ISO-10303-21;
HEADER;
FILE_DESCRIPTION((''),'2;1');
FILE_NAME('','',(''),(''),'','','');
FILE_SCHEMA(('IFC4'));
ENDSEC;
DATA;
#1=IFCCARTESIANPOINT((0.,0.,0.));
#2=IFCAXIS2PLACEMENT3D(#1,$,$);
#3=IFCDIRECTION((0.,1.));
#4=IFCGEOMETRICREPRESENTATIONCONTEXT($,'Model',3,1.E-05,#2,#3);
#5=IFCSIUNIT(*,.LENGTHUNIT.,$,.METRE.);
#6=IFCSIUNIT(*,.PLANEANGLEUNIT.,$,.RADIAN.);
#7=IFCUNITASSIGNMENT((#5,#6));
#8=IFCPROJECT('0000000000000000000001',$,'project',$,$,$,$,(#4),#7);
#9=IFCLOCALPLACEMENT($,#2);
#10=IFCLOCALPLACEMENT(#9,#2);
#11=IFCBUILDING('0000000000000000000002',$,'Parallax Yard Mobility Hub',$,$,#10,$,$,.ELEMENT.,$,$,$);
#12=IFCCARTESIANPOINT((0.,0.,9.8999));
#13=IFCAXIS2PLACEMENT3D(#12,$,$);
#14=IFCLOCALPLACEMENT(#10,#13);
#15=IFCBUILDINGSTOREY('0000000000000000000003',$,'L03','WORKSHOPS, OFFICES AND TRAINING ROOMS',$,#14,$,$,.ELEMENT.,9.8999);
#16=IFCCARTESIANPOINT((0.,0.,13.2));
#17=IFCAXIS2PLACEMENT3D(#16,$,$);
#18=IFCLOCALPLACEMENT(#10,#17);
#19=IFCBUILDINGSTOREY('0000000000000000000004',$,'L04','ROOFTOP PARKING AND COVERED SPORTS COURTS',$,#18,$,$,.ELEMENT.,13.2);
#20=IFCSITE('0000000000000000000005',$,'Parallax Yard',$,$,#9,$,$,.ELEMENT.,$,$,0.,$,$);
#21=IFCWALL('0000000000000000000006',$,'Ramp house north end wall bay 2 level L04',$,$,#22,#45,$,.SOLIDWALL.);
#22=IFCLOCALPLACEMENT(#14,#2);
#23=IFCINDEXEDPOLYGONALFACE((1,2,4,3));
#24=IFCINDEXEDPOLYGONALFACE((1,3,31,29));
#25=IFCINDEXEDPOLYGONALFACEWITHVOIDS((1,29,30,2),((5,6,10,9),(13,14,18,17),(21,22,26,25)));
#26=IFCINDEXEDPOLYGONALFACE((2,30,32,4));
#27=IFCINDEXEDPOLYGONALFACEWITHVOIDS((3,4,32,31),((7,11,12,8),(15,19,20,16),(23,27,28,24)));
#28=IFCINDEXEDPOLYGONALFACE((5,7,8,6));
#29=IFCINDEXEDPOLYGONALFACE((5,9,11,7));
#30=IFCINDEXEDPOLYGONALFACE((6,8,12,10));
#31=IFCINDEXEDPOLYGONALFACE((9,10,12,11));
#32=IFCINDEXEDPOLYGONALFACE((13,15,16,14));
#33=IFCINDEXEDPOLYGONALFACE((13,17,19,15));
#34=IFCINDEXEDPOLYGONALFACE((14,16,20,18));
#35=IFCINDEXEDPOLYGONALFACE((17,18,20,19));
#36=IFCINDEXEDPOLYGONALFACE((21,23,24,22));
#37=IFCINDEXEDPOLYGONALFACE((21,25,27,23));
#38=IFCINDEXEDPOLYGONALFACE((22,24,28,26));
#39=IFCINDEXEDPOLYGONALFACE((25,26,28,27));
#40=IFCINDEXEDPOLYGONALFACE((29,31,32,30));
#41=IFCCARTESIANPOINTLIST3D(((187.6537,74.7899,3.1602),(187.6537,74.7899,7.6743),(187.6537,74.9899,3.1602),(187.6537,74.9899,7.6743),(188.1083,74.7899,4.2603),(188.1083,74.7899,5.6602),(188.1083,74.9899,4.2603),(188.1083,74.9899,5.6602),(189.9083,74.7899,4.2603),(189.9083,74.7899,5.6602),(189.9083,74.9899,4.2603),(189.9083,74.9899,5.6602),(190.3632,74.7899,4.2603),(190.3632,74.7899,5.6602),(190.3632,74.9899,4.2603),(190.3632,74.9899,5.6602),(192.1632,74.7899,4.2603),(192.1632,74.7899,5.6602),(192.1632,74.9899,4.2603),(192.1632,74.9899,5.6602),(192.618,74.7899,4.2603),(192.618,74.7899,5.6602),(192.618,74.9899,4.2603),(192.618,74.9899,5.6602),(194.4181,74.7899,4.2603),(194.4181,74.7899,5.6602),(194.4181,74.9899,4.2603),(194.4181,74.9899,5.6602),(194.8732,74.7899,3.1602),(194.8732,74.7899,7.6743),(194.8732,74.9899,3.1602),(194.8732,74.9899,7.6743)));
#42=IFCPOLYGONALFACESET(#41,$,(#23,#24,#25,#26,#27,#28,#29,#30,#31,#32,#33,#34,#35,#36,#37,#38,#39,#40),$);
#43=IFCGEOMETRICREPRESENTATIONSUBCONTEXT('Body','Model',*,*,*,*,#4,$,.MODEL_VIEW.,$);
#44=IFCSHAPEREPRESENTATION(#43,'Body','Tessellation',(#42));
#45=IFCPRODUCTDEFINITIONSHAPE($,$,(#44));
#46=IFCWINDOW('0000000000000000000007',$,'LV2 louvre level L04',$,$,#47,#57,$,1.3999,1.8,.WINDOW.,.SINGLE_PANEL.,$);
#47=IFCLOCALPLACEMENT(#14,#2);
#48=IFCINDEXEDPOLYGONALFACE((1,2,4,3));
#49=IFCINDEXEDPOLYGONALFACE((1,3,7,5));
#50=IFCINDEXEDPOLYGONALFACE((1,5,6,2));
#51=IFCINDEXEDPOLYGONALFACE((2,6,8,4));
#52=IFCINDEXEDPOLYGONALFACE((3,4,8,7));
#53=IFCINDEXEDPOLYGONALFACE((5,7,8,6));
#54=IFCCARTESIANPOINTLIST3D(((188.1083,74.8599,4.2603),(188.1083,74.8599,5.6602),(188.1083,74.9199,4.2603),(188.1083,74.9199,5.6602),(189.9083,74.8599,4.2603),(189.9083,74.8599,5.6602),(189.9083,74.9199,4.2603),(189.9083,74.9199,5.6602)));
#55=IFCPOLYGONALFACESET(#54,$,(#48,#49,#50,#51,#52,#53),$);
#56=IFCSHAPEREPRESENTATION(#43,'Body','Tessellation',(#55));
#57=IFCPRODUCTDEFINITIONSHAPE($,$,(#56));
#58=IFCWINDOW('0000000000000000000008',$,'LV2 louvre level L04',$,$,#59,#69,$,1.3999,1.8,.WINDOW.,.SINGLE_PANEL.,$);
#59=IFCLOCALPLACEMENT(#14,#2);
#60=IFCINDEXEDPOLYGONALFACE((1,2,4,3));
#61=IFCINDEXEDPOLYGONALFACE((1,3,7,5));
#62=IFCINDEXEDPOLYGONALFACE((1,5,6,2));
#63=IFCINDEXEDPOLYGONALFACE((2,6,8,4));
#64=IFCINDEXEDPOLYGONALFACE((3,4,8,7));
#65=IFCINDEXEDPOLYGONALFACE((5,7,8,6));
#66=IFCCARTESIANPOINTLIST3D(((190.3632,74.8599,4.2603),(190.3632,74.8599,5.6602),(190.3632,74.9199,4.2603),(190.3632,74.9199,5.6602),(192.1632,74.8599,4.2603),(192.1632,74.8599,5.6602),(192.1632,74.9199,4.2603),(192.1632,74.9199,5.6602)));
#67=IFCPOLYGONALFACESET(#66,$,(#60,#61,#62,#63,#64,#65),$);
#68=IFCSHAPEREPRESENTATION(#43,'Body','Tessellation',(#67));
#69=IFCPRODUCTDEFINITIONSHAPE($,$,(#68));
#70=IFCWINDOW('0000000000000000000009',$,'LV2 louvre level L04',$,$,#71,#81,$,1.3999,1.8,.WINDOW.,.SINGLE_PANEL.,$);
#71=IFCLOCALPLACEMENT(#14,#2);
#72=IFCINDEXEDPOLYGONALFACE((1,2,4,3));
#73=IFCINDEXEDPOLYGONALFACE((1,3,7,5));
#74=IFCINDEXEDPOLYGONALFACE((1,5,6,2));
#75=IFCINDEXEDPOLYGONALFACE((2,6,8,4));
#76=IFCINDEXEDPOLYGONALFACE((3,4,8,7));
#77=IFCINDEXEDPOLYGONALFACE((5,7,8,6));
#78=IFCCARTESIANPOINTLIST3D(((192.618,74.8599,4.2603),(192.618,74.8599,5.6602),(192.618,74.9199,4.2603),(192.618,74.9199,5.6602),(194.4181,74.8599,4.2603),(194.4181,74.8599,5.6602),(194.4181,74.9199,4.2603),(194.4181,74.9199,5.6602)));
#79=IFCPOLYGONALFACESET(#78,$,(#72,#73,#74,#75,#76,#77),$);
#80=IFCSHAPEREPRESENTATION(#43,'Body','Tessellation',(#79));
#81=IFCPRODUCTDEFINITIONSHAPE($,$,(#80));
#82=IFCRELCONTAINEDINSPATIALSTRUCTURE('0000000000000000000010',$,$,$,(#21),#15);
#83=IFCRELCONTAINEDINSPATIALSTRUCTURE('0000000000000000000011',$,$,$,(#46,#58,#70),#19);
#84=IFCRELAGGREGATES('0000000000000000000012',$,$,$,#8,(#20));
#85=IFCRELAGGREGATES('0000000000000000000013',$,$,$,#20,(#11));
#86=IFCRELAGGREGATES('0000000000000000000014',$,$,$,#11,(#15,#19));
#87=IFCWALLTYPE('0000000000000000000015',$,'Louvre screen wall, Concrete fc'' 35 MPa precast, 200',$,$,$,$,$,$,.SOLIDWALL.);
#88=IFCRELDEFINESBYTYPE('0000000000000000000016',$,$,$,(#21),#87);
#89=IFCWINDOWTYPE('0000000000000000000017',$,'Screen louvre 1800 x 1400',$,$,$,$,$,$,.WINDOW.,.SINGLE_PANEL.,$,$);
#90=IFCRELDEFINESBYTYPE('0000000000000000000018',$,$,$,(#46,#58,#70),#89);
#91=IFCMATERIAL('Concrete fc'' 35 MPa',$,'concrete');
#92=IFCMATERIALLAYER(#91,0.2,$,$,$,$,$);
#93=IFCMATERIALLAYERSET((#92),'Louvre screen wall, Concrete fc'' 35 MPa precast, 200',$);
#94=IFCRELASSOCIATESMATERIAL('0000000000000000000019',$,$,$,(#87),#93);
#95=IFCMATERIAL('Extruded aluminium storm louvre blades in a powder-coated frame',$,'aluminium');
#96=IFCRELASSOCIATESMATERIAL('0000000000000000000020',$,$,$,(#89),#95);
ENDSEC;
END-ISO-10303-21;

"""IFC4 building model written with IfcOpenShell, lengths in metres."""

from ifc_helpers import new_model, si_unit, direction, frame, frame_2d, origin, place, context, subcontext, project, spatial, rectangle, extrude, material, layer, layer_set, type_object, element, fill, save


model = new_model("IFC4")

# Units and contexts
model_context = context("Model", 3, precision=1e-05, world=origin(), true_north=direction((0.0, 1.0)))
body_context = subcontext(model_context, "Body", "Model", "MODEL_VIEW")
ifc_project = project(units=[si_unit("LENGTHUNIT", "METRE"), si_unit("PLANEANGLEUNIT", "RADIAN")], contexts=[model_context])

# Site, building, storey
site_placement = place(None, origin())
site = spatial("IfcSite", under=ifc_project, at=site_placement, Name="Parallax Yard", CompositionType="ELEMENT", RefElevation=0.0)
building_placement = place(site_placement, origin())
building = spatial("IfcBuilding", under=site, at=building_placement, Name="Parallax Yard Mobility Hub", CompositionType="ELEMENT")
storey_1_placement = place(building_placement, frame((0.0, 0.0, 9.8999)))
storey_1 = spatial("IfcBuildingStorey", under=building, at=storey_1_placement, Name="L03", Description="WORKSHOPS, OFFICES AND TRAINING ROOMS", CompositionType="ELEMENT", Elevation=9.8999)

# Shared definitions
ifc_material_1 = material(Name="Concrete fc' 35 MPa", Category="concrete")
ifc_layer = layer(ifc_material_1, 0.2)
ifc_layer_set = layer_set([ifc_layer], Name="Louvre screen wall, Concrete fc' 35 MPa precast, 200")
wall_type = type_object("IfcWallType", Name="Louvre screen wall, Concrete fc' 35 MPa precast, 200", PredefinedType="SOLIDWALL", material=ifc_layer_set)

# Shared definitions
storey_2_placement = place(building_placement, frame((0.0, 0.0, 13.2)))
storey_2 = spatial("IfcBuildingStorey", under=building, at=storey_2_placement, Name="L04", Description="ROOFTOP PARKING AND COVERED SPORTS COURTS", CompositionType="ELEMENT", Elevation=13.2)

# Shared definitions
ifc_material_2 = material(Name="Extruded aluminium storm louvre blades in a powder-coated frame", Category="aluminium")
window_type_1 = type_object("IfcWindowType", Name="Screen louvre 1800 x 1400", PartitioningType="SINGLE_PANEL", PredefinedType="WINDOW", material=ifc_material_2)

# Wall, openings, windows
wall_1_placement = place(storey_1_placement, frame((187.6536, 74.8899, 3.1602), z_axis=(0.0, 0.0, 1.0), x_axis=(1.0, 0.0, 0.0)))
wall_1 = element("IfcWall", 1, at=wall_1_placement, inside=storey_1, type_object=wall_type, Name="Ramp house north end wall bay 2 level L04", PredefinedType="SOLIDWALL", context=body_context, shape_type="SweptSolid", body=[
    extrude(rectangle(XDim=7.2195, YDim=0.2, at=frame_2d((3.6099, 0.0))), origin(), (0.0, 0.0, 1.0), 4.5142),
])
opening_1_placement = place(wall_1_placement, frame((0.4548, 0.0, 1.1001)))
opening_1 = element("IfcOpeningElement", 2, at=opening_1_placement, cuts=wall_1, PredefinedType="OPENING", context=body_context, shape_type="SweptSolid", body=[
    extrude(rectangle(XDim=1.8, YDim=1.3999, at=frame_2d((0.8999, 0.7))), frame((0.0, 0.1099, 0.0), z_axis=(0.0, -1.0, 0.0), x_axis=(1.0, 0.0, 0.0)), (0.0, 0.0, 1.0), 0.22),
])
opening_2_placement = place(wall_1_placement, frame((2.7097, 0.0, 1.1001)))
opening_2 = element("IfcOpeningElement", 3, at=opening_2_placement, cuts=wall_1, PredefinedType="OPENING", context=body_context, shape_type="SweptSolid", body=[
    extrude(rectangle(XDim=1.8, YDim=1.3999, at=frame_2d((0.8999, 0.7))), frame((0.0, 0.1099, 0.0), z_axis=(0.0, -1.0, 0.0), x_axis=(1.0, 0.0, 0.0)), (0.0, 0.0, 1.0), 0.22),
])
opening_3_placement = place(wall_1_placement, frame((4.9646, 0.0, 1.1001)))
opening_3 = element("IfcOpeningElement", 4, at=opening_3_placement, cuts=wall_1, PredefinedType="OPENING", context=body_context, shape_type="SweptSolid", body=[
    extrude(rectangle(XDim=1.8, YDim=1.3999, at=frame_2d((0.8999, 0.7))), frame((0.0, 0.1099, 0.0), z_axis=(0.0, -1.0, 0.0), x_axis=(1.0, 0.0, 0.0)), (0.0, 0.0, 1.0), 0.22),
])
window_1_placement = place(opening_1_placement, origin())
window_1 = element("IfcWindow", 5, at=window_1_placement, inside=storey_2, type_object=window_type_1, Name="LV2 louvre level L04", OverallHeight=1.3999, OverallWidth=1.8, PartitioningType="SINGLE_PANEL", PredefinedType="WINDOW", context=body_context, shape_type="SweptSolid", body=[
    extrude(rectangle(XDim=1.8, YDim=1.3999, at=frame_2d((0.8999, 0.7))), frame((0.0, 0.03, 0.0), z_axis=(0.0, -1.0, 0.0), x_axis=(1.0, 0.0, 0.0)), (0.0, 0.0, 1.0), 0.0601),
])
fill(opening_1, window_1)
window_2_placement = place(opening_2_placement, origin())
window_2 = element("IfcWindow", 6, at=window_2_placement, inside=storey_2, type_object=window_type_1, Name="LV2 louvre level L04", OverallHeight=1.3999, OverallWidth=1.8, PartitioningType="SINGLE_PANEL", PredefinedType="WINDOW", context=body_context, shape_type="SweptSolid", body=[
    extrude(rectangle(XDim=1.8, YDim=1.3999, at=frame_2d((0.8999, 0.7))), frame((0.0, 0.03, 0.0), z_axis=(0.0, -1.0, 0.0), x_axis=(1.0, 0.0, 0.0)), (0.0, 0.0, 1.0), 0.0601),
])
fill(opening_2, window_2)
window_3_placement = place(opening_3_placement, origin())
window_3 = element("IfcWindow", 7, at=window_3_placement, inside=storey_2, type_object=window_type_1, Name="LV2 louvre level L04", OverallHeight=1.3999, OverallWidth=1.8, PartitioningType="SINGLE_PANEL", PredefinedType="WINDOW", context=body_context, shape_type="SweptSolid", body=[
    extrude(rectangle(XDim=1.8, YDim=1.3999, at=frame_2d((0.8999, 0.7))), frame((0.0, 0.03, 0.0), z_axis=(0.0, -1.0, 0.0), x_axis=(1.0, 0.0, 0.0)), (0.0, 0.0, 1.0), 0.0601),
])
fill(opening_3, window_3)

save(model, "model.ifc")
